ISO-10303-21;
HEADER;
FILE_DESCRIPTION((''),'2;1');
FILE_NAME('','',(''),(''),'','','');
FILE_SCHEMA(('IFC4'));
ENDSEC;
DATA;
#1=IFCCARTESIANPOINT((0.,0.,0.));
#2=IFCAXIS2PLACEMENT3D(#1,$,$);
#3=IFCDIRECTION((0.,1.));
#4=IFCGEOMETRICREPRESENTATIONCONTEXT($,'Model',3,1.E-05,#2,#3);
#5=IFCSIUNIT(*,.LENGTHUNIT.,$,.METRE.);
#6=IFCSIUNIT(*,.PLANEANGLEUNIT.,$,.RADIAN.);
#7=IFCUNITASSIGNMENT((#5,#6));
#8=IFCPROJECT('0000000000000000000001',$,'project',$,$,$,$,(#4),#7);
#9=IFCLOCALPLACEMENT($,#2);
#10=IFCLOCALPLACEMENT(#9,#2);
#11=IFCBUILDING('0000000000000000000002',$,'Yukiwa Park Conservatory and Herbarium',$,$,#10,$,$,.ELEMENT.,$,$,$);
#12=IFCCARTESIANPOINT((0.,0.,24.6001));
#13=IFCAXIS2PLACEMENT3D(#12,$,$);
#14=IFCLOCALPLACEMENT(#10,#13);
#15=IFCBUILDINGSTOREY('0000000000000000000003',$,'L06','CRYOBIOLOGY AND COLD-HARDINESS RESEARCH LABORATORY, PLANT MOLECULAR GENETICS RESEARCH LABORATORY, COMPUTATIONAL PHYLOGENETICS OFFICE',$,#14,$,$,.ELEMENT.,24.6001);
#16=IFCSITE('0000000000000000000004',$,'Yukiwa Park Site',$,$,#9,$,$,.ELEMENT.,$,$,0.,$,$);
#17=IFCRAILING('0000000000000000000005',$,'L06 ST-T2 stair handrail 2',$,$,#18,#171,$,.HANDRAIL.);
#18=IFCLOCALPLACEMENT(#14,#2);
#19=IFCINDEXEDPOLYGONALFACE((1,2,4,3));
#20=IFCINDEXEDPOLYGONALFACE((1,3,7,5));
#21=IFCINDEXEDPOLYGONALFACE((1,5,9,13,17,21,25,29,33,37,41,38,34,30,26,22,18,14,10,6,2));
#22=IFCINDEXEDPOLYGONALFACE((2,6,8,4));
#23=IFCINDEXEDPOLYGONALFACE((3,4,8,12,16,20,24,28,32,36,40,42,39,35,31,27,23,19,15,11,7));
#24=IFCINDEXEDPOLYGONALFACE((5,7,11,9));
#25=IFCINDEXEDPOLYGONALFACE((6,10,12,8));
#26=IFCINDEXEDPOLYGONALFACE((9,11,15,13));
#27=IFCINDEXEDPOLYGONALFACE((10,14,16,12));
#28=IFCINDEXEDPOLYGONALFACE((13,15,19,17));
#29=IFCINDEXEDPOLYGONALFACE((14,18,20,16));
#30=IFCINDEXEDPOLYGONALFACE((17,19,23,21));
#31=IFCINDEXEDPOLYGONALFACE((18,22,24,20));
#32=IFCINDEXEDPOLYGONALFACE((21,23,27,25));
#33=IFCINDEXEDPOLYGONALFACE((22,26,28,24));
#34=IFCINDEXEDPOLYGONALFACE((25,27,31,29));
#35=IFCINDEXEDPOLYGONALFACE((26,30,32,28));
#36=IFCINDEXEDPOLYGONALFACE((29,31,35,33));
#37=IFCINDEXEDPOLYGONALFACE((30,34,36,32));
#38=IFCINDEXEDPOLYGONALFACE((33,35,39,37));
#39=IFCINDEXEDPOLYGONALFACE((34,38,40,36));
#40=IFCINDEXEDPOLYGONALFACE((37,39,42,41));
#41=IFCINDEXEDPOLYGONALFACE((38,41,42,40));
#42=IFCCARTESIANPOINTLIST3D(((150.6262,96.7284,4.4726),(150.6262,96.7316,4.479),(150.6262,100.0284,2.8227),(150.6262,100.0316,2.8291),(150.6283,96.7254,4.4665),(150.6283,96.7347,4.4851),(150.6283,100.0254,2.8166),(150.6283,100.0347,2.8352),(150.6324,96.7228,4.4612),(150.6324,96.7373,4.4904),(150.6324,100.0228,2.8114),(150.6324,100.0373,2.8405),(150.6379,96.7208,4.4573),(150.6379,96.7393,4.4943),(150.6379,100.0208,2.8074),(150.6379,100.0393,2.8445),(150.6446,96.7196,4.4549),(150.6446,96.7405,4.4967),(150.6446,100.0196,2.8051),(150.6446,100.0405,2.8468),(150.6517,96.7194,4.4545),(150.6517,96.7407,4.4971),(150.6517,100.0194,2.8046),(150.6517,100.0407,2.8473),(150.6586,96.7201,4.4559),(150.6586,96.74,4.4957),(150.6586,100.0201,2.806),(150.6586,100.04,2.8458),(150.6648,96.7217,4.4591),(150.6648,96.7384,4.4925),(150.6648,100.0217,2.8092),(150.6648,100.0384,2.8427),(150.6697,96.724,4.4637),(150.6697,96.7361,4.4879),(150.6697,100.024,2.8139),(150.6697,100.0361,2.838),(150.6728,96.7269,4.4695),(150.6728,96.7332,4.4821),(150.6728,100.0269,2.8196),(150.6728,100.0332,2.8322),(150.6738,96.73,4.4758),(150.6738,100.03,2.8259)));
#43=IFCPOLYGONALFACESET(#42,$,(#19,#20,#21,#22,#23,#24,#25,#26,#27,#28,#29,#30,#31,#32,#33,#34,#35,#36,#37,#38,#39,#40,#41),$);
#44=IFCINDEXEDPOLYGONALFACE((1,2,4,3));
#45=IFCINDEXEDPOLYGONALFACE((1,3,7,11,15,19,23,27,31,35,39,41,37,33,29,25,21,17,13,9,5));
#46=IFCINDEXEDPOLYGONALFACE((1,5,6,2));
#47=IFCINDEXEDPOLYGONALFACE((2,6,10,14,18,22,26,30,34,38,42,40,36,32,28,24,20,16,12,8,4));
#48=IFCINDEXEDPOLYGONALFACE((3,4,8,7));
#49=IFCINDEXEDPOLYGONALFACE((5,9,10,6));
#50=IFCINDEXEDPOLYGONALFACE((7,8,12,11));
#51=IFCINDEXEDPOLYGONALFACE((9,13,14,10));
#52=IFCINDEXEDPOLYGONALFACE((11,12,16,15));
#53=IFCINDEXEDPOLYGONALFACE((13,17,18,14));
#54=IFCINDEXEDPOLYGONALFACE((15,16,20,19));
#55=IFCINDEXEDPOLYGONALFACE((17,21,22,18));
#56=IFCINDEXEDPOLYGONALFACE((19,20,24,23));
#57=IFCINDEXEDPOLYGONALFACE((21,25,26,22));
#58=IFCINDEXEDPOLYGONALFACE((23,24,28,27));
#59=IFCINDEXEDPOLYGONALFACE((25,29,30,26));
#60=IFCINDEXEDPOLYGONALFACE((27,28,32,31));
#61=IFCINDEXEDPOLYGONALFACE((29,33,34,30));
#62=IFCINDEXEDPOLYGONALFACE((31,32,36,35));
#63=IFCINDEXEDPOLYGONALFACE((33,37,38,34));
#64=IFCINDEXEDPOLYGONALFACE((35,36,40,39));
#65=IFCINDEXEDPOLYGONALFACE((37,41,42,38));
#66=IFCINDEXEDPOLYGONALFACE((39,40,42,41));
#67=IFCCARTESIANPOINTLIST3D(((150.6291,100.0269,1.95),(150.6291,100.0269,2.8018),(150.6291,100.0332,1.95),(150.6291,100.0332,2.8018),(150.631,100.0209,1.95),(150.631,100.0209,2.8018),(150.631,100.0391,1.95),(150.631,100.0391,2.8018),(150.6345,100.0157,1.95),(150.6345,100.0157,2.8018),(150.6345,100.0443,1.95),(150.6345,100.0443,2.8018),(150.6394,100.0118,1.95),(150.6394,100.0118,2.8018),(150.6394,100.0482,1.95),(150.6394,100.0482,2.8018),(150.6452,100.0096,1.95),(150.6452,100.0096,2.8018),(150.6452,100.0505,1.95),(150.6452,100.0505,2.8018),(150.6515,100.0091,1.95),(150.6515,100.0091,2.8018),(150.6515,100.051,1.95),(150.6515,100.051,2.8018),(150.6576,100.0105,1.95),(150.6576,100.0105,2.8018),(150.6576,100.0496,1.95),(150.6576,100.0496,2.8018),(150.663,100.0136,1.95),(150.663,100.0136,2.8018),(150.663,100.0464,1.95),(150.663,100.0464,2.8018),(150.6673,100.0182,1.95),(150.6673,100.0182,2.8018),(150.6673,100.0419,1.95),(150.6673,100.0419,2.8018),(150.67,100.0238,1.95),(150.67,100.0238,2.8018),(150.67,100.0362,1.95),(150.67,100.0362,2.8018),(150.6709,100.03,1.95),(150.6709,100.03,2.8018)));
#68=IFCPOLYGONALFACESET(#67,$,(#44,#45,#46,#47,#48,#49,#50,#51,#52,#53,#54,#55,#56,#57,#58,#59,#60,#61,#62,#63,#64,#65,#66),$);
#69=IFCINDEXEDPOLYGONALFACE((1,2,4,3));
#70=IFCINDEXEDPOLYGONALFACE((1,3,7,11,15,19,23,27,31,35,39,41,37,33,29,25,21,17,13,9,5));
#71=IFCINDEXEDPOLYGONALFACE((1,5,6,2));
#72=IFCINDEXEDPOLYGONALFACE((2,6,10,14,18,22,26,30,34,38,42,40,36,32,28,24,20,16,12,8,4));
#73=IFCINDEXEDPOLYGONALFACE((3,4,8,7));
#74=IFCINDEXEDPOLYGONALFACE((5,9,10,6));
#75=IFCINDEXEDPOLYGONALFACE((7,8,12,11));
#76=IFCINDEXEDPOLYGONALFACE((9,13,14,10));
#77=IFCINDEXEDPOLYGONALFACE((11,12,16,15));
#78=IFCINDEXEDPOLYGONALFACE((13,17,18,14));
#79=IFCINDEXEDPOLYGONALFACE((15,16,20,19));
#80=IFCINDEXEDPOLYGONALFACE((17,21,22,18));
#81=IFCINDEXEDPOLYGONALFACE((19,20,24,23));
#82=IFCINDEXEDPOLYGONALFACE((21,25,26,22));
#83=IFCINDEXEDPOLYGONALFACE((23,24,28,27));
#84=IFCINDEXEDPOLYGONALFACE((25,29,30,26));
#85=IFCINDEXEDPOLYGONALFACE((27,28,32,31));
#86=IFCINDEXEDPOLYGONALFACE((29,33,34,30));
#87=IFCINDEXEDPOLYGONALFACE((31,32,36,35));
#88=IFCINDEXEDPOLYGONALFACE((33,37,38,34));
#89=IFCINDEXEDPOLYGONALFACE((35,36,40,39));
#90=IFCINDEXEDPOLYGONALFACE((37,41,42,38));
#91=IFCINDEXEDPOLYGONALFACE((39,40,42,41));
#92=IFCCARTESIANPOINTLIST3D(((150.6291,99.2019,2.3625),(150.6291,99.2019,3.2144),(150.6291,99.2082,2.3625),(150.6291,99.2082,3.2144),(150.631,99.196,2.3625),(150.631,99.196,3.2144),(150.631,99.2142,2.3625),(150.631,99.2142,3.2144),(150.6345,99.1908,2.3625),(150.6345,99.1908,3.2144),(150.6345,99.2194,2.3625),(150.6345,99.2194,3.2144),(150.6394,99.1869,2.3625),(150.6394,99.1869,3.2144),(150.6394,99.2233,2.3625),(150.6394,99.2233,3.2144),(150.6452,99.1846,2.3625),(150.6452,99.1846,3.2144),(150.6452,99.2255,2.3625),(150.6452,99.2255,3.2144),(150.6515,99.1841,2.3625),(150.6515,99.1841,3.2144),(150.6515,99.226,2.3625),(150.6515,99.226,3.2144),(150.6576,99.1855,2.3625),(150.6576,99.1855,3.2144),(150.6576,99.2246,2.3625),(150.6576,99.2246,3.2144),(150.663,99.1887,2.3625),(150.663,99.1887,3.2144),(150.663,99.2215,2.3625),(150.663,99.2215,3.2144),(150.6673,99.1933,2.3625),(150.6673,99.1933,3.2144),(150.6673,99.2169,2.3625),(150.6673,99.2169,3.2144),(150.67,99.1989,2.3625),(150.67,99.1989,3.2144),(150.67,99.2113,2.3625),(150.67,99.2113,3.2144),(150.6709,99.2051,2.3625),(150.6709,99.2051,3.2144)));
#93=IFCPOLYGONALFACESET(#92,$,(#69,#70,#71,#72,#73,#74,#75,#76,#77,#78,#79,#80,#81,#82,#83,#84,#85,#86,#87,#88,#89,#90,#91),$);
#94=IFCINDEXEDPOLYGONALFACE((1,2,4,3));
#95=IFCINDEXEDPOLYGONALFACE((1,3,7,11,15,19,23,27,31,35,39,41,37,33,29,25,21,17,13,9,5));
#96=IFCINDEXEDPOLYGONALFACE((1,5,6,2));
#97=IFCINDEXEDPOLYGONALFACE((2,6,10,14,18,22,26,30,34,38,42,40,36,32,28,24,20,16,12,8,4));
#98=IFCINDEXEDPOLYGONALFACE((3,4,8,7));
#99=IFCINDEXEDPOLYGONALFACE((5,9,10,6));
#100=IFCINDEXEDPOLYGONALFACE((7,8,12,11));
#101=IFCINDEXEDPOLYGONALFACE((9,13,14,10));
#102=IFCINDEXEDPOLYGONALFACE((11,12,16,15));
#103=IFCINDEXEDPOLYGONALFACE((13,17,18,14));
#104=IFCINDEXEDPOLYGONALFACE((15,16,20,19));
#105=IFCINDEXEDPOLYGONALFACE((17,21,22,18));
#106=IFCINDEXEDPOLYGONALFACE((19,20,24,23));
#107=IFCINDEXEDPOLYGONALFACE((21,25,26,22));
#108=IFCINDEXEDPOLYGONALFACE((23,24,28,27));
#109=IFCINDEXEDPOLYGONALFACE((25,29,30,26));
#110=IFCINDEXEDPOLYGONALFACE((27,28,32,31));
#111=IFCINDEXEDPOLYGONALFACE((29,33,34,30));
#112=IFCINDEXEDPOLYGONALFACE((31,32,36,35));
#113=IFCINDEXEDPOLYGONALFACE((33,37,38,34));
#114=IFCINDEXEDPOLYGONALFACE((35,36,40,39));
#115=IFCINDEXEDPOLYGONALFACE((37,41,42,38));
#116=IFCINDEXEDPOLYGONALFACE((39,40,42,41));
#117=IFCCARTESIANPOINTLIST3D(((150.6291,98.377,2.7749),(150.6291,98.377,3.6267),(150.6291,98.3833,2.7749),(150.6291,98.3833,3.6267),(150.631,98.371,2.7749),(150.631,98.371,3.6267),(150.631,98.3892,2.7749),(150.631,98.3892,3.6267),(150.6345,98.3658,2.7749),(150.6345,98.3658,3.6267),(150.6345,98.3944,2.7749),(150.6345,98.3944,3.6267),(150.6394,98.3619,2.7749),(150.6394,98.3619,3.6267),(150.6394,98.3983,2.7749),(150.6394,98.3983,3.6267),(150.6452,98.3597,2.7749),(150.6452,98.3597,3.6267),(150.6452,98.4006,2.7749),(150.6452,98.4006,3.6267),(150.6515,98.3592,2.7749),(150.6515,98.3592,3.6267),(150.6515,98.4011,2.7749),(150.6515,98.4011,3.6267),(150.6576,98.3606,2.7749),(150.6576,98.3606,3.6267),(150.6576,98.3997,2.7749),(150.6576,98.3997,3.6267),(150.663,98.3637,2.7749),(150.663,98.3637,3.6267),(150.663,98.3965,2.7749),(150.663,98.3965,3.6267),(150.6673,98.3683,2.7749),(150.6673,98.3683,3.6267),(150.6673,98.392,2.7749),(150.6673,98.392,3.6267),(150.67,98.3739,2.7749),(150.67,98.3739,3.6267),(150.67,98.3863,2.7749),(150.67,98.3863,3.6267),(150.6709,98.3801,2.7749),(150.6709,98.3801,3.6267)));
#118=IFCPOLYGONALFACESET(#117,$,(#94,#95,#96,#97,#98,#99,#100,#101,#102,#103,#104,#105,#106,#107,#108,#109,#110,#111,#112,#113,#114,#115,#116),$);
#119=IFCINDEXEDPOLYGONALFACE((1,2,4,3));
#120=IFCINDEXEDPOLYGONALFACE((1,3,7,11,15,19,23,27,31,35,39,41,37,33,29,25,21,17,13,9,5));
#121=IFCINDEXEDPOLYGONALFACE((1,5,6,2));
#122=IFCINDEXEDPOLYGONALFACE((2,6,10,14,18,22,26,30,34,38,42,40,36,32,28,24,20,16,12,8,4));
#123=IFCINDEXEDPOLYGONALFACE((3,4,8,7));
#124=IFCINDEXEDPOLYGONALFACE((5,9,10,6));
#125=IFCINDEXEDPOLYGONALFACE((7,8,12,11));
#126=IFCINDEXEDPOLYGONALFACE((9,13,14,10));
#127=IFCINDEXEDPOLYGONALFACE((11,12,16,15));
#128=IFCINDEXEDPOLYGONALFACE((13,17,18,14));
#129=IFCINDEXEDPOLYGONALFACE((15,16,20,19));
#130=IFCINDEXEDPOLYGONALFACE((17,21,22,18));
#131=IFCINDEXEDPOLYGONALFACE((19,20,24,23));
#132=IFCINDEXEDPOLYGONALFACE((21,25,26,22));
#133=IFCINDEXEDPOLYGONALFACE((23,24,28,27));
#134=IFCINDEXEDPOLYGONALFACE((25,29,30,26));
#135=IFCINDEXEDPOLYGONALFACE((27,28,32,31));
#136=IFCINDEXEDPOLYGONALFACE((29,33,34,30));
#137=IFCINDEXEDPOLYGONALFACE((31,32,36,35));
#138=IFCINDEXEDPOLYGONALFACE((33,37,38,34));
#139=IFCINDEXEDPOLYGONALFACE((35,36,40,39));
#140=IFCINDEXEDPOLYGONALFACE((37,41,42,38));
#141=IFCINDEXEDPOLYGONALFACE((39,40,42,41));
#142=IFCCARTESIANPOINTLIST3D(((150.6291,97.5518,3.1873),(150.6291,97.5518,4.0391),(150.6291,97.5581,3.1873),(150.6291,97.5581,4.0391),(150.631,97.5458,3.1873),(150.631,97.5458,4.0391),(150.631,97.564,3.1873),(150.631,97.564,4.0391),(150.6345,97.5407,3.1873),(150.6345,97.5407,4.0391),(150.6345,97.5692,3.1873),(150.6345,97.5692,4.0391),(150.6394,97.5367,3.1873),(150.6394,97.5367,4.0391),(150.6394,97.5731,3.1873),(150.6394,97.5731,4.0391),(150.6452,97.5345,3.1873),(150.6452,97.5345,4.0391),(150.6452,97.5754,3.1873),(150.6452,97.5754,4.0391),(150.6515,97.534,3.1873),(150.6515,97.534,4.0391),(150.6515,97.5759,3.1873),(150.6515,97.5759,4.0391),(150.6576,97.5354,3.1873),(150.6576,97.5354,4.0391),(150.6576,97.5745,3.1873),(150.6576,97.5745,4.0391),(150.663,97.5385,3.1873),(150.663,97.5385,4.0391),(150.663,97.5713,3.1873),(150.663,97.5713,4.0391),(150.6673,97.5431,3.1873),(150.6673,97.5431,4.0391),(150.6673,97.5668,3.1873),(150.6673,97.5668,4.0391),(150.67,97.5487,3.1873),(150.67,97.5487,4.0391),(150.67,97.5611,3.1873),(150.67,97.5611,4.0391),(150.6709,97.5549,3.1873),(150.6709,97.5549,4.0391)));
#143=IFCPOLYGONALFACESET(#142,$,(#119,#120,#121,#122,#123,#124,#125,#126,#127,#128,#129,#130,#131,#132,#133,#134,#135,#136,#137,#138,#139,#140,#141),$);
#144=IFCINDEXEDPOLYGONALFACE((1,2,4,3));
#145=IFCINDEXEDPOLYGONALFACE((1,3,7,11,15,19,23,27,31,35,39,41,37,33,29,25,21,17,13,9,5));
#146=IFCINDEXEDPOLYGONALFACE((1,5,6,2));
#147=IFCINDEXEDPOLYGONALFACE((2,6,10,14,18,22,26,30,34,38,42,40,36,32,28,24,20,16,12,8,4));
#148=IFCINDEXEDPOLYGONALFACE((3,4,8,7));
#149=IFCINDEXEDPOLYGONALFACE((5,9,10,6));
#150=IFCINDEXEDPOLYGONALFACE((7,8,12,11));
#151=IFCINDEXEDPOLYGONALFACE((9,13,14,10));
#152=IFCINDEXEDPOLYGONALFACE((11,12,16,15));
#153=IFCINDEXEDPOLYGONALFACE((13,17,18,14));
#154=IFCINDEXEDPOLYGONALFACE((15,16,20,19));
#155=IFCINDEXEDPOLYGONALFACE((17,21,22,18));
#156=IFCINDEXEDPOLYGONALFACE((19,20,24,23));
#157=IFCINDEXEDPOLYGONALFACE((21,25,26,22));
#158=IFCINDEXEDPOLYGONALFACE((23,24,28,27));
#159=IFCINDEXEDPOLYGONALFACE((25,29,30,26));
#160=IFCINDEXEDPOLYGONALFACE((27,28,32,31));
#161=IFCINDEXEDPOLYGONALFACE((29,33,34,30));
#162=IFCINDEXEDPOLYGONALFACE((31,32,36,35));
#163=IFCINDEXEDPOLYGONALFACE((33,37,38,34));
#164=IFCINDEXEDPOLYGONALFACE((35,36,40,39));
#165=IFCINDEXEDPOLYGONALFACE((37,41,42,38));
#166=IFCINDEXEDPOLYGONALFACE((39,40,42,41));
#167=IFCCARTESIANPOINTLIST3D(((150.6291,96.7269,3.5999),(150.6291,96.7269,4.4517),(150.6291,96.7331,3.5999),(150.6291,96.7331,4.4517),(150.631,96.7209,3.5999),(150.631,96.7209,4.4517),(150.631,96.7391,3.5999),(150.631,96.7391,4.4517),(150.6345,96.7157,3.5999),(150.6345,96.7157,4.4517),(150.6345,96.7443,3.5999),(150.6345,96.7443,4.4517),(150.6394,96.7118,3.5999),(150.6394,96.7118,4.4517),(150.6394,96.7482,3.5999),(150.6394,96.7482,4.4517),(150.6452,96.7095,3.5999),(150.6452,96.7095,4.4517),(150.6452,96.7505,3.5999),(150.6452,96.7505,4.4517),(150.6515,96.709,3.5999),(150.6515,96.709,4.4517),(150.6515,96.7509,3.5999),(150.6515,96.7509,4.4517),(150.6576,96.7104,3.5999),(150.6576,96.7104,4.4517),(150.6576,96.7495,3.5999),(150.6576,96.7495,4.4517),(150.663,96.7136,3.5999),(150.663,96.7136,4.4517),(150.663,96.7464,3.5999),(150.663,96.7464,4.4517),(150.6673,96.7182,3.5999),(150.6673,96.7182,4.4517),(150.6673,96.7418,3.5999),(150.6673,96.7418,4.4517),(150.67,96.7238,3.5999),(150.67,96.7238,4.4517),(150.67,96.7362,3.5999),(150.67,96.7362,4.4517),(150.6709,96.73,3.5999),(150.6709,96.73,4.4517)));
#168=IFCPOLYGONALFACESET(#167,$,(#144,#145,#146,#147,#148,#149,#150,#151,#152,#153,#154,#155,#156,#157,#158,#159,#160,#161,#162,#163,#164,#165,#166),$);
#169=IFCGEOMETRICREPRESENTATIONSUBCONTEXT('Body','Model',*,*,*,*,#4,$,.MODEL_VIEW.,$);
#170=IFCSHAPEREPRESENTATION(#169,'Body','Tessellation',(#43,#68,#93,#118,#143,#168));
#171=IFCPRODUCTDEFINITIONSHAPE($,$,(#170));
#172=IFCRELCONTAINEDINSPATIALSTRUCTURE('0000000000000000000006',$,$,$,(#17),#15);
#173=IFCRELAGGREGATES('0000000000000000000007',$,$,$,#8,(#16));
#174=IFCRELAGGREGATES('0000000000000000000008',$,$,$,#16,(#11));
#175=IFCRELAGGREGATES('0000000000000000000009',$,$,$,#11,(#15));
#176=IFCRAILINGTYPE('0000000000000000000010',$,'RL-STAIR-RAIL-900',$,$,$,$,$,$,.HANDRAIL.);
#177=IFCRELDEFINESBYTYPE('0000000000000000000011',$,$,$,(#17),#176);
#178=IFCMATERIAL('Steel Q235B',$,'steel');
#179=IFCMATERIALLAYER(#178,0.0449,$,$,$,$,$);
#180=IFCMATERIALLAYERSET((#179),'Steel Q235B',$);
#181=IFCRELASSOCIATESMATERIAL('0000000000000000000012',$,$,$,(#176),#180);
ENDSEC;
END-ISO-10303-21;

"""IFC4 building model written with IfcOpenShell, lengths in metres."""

from ifc_helpers import new_model, si_unit, direction, frame, origin, origin_2d, place, context, subcontext, project, spatial, circle, extrude, material, layer, layer_set, type_object, element, save


model = new_model("IFC4")

# Units and contexts
model_context = context("Model", 3, precision=1e-05, world=origin(), true_north=direction((0.0, 1.0)))
body_context = subcontext(model_context, "Body", "Model", "MODEL_VIEW")
ifc_project = project(units=[si_unit("LENGTHUNIT", "METRE"), si_unit("PLANEANGLEUNIT", "RADIAN")], contexts=[model_context])

# Site, building, storey
site_placement = place(None, origin())
site = spatial("IfcSite", under=ifc_project, at=site_placement, Name="Yukiwa Park Site", CompositionType="ELEMENT", RefElevation=0.0)
building_placement = place(site_placement, origin())
building = spatial("IfcBuilding", under=site, at=building_placement, Name="Yukiwa Park Conservatory and Herbarium", CompositionType="ELEMENT")
storey_placement = place(building_placement, frame((0.0, 0.0, 24.6001)))
storey = spatial("IfcBuildingStorey", under=building, at=storey_placement, Name="L06", Description="CRYOBIOLOGY AND COLD-HARDINESS RESEARCH LABORATORY, PLANT MOLECULAR GENETICS RESEARCH LABORATORY, COMPUTATIONAL PHYLOGENETICS OFFICE", CompositionType="ELEMENT", Elevation=24.6001)

# Railing
ifc_material_1 = material(Name="Steel Q235B", Category="steel")
ifc_layer_1 = layer(ifc_material_1, 0.0449)
ifc_layer_set_1 = layer_set([ifc_layer_1], Name="Steel Q235B")
railing_type_1 = type_object("IfcRailingType", Name="RL-STAIR-RAIL-900", PredefinedType="HANDRAIL", material=ifc_layer_set_1)
railing_1_placement = place(storey_placement, frame((150.6499, 100.03, 1.95)))
element("IfcRailing", 1, at=railing_1_placement, inside=storey, type_object=railing_type_1, Name="L06 ST-T2 stair handrail 2", PredefinedType="HANDRAIL", context=body_context, shape_type="SweptSolid", body=[
    extrude(circle(Radius=0.0239, at=origin_2d()), frame((0.0, 0.0, 0.876), z_axis=(0.0, -0.89444, 0.447187), x_axis=(1.0, 0.0, 0.0)), (0.0, 0.0, 1.0), 3.6895),
    extrude(circle(Radius=0.021, at=origin_2d()), origin(), (0.0, 0.0, 1.0), 0.8518),
    extrude(circle(Radius=0.021, at=origin_2d()), frame((0.0, -0.825, 0.4126)), (0.0, 0.0, 1.0), 0.8518),
    extrude(circle(Radius=0.021, at=origin_2d()), frame((0.0, -1.6499, 0.825)), (0.0, 0.0, 1.0), 0.8518),
    extrude(circle(Radius=0.021, at=origin_2d()), frame((0.0, -2.4751, 1.2373)), (0.0, 0.0, 1.0), 0.8518),
    extrude(circle(Radius=0.021, at=origin_2d()), frame((0.0, -3.3, 1.6499)), (0.0, 0.0, 1.0), 0.8518),
])

save(model, "model.ifc")
